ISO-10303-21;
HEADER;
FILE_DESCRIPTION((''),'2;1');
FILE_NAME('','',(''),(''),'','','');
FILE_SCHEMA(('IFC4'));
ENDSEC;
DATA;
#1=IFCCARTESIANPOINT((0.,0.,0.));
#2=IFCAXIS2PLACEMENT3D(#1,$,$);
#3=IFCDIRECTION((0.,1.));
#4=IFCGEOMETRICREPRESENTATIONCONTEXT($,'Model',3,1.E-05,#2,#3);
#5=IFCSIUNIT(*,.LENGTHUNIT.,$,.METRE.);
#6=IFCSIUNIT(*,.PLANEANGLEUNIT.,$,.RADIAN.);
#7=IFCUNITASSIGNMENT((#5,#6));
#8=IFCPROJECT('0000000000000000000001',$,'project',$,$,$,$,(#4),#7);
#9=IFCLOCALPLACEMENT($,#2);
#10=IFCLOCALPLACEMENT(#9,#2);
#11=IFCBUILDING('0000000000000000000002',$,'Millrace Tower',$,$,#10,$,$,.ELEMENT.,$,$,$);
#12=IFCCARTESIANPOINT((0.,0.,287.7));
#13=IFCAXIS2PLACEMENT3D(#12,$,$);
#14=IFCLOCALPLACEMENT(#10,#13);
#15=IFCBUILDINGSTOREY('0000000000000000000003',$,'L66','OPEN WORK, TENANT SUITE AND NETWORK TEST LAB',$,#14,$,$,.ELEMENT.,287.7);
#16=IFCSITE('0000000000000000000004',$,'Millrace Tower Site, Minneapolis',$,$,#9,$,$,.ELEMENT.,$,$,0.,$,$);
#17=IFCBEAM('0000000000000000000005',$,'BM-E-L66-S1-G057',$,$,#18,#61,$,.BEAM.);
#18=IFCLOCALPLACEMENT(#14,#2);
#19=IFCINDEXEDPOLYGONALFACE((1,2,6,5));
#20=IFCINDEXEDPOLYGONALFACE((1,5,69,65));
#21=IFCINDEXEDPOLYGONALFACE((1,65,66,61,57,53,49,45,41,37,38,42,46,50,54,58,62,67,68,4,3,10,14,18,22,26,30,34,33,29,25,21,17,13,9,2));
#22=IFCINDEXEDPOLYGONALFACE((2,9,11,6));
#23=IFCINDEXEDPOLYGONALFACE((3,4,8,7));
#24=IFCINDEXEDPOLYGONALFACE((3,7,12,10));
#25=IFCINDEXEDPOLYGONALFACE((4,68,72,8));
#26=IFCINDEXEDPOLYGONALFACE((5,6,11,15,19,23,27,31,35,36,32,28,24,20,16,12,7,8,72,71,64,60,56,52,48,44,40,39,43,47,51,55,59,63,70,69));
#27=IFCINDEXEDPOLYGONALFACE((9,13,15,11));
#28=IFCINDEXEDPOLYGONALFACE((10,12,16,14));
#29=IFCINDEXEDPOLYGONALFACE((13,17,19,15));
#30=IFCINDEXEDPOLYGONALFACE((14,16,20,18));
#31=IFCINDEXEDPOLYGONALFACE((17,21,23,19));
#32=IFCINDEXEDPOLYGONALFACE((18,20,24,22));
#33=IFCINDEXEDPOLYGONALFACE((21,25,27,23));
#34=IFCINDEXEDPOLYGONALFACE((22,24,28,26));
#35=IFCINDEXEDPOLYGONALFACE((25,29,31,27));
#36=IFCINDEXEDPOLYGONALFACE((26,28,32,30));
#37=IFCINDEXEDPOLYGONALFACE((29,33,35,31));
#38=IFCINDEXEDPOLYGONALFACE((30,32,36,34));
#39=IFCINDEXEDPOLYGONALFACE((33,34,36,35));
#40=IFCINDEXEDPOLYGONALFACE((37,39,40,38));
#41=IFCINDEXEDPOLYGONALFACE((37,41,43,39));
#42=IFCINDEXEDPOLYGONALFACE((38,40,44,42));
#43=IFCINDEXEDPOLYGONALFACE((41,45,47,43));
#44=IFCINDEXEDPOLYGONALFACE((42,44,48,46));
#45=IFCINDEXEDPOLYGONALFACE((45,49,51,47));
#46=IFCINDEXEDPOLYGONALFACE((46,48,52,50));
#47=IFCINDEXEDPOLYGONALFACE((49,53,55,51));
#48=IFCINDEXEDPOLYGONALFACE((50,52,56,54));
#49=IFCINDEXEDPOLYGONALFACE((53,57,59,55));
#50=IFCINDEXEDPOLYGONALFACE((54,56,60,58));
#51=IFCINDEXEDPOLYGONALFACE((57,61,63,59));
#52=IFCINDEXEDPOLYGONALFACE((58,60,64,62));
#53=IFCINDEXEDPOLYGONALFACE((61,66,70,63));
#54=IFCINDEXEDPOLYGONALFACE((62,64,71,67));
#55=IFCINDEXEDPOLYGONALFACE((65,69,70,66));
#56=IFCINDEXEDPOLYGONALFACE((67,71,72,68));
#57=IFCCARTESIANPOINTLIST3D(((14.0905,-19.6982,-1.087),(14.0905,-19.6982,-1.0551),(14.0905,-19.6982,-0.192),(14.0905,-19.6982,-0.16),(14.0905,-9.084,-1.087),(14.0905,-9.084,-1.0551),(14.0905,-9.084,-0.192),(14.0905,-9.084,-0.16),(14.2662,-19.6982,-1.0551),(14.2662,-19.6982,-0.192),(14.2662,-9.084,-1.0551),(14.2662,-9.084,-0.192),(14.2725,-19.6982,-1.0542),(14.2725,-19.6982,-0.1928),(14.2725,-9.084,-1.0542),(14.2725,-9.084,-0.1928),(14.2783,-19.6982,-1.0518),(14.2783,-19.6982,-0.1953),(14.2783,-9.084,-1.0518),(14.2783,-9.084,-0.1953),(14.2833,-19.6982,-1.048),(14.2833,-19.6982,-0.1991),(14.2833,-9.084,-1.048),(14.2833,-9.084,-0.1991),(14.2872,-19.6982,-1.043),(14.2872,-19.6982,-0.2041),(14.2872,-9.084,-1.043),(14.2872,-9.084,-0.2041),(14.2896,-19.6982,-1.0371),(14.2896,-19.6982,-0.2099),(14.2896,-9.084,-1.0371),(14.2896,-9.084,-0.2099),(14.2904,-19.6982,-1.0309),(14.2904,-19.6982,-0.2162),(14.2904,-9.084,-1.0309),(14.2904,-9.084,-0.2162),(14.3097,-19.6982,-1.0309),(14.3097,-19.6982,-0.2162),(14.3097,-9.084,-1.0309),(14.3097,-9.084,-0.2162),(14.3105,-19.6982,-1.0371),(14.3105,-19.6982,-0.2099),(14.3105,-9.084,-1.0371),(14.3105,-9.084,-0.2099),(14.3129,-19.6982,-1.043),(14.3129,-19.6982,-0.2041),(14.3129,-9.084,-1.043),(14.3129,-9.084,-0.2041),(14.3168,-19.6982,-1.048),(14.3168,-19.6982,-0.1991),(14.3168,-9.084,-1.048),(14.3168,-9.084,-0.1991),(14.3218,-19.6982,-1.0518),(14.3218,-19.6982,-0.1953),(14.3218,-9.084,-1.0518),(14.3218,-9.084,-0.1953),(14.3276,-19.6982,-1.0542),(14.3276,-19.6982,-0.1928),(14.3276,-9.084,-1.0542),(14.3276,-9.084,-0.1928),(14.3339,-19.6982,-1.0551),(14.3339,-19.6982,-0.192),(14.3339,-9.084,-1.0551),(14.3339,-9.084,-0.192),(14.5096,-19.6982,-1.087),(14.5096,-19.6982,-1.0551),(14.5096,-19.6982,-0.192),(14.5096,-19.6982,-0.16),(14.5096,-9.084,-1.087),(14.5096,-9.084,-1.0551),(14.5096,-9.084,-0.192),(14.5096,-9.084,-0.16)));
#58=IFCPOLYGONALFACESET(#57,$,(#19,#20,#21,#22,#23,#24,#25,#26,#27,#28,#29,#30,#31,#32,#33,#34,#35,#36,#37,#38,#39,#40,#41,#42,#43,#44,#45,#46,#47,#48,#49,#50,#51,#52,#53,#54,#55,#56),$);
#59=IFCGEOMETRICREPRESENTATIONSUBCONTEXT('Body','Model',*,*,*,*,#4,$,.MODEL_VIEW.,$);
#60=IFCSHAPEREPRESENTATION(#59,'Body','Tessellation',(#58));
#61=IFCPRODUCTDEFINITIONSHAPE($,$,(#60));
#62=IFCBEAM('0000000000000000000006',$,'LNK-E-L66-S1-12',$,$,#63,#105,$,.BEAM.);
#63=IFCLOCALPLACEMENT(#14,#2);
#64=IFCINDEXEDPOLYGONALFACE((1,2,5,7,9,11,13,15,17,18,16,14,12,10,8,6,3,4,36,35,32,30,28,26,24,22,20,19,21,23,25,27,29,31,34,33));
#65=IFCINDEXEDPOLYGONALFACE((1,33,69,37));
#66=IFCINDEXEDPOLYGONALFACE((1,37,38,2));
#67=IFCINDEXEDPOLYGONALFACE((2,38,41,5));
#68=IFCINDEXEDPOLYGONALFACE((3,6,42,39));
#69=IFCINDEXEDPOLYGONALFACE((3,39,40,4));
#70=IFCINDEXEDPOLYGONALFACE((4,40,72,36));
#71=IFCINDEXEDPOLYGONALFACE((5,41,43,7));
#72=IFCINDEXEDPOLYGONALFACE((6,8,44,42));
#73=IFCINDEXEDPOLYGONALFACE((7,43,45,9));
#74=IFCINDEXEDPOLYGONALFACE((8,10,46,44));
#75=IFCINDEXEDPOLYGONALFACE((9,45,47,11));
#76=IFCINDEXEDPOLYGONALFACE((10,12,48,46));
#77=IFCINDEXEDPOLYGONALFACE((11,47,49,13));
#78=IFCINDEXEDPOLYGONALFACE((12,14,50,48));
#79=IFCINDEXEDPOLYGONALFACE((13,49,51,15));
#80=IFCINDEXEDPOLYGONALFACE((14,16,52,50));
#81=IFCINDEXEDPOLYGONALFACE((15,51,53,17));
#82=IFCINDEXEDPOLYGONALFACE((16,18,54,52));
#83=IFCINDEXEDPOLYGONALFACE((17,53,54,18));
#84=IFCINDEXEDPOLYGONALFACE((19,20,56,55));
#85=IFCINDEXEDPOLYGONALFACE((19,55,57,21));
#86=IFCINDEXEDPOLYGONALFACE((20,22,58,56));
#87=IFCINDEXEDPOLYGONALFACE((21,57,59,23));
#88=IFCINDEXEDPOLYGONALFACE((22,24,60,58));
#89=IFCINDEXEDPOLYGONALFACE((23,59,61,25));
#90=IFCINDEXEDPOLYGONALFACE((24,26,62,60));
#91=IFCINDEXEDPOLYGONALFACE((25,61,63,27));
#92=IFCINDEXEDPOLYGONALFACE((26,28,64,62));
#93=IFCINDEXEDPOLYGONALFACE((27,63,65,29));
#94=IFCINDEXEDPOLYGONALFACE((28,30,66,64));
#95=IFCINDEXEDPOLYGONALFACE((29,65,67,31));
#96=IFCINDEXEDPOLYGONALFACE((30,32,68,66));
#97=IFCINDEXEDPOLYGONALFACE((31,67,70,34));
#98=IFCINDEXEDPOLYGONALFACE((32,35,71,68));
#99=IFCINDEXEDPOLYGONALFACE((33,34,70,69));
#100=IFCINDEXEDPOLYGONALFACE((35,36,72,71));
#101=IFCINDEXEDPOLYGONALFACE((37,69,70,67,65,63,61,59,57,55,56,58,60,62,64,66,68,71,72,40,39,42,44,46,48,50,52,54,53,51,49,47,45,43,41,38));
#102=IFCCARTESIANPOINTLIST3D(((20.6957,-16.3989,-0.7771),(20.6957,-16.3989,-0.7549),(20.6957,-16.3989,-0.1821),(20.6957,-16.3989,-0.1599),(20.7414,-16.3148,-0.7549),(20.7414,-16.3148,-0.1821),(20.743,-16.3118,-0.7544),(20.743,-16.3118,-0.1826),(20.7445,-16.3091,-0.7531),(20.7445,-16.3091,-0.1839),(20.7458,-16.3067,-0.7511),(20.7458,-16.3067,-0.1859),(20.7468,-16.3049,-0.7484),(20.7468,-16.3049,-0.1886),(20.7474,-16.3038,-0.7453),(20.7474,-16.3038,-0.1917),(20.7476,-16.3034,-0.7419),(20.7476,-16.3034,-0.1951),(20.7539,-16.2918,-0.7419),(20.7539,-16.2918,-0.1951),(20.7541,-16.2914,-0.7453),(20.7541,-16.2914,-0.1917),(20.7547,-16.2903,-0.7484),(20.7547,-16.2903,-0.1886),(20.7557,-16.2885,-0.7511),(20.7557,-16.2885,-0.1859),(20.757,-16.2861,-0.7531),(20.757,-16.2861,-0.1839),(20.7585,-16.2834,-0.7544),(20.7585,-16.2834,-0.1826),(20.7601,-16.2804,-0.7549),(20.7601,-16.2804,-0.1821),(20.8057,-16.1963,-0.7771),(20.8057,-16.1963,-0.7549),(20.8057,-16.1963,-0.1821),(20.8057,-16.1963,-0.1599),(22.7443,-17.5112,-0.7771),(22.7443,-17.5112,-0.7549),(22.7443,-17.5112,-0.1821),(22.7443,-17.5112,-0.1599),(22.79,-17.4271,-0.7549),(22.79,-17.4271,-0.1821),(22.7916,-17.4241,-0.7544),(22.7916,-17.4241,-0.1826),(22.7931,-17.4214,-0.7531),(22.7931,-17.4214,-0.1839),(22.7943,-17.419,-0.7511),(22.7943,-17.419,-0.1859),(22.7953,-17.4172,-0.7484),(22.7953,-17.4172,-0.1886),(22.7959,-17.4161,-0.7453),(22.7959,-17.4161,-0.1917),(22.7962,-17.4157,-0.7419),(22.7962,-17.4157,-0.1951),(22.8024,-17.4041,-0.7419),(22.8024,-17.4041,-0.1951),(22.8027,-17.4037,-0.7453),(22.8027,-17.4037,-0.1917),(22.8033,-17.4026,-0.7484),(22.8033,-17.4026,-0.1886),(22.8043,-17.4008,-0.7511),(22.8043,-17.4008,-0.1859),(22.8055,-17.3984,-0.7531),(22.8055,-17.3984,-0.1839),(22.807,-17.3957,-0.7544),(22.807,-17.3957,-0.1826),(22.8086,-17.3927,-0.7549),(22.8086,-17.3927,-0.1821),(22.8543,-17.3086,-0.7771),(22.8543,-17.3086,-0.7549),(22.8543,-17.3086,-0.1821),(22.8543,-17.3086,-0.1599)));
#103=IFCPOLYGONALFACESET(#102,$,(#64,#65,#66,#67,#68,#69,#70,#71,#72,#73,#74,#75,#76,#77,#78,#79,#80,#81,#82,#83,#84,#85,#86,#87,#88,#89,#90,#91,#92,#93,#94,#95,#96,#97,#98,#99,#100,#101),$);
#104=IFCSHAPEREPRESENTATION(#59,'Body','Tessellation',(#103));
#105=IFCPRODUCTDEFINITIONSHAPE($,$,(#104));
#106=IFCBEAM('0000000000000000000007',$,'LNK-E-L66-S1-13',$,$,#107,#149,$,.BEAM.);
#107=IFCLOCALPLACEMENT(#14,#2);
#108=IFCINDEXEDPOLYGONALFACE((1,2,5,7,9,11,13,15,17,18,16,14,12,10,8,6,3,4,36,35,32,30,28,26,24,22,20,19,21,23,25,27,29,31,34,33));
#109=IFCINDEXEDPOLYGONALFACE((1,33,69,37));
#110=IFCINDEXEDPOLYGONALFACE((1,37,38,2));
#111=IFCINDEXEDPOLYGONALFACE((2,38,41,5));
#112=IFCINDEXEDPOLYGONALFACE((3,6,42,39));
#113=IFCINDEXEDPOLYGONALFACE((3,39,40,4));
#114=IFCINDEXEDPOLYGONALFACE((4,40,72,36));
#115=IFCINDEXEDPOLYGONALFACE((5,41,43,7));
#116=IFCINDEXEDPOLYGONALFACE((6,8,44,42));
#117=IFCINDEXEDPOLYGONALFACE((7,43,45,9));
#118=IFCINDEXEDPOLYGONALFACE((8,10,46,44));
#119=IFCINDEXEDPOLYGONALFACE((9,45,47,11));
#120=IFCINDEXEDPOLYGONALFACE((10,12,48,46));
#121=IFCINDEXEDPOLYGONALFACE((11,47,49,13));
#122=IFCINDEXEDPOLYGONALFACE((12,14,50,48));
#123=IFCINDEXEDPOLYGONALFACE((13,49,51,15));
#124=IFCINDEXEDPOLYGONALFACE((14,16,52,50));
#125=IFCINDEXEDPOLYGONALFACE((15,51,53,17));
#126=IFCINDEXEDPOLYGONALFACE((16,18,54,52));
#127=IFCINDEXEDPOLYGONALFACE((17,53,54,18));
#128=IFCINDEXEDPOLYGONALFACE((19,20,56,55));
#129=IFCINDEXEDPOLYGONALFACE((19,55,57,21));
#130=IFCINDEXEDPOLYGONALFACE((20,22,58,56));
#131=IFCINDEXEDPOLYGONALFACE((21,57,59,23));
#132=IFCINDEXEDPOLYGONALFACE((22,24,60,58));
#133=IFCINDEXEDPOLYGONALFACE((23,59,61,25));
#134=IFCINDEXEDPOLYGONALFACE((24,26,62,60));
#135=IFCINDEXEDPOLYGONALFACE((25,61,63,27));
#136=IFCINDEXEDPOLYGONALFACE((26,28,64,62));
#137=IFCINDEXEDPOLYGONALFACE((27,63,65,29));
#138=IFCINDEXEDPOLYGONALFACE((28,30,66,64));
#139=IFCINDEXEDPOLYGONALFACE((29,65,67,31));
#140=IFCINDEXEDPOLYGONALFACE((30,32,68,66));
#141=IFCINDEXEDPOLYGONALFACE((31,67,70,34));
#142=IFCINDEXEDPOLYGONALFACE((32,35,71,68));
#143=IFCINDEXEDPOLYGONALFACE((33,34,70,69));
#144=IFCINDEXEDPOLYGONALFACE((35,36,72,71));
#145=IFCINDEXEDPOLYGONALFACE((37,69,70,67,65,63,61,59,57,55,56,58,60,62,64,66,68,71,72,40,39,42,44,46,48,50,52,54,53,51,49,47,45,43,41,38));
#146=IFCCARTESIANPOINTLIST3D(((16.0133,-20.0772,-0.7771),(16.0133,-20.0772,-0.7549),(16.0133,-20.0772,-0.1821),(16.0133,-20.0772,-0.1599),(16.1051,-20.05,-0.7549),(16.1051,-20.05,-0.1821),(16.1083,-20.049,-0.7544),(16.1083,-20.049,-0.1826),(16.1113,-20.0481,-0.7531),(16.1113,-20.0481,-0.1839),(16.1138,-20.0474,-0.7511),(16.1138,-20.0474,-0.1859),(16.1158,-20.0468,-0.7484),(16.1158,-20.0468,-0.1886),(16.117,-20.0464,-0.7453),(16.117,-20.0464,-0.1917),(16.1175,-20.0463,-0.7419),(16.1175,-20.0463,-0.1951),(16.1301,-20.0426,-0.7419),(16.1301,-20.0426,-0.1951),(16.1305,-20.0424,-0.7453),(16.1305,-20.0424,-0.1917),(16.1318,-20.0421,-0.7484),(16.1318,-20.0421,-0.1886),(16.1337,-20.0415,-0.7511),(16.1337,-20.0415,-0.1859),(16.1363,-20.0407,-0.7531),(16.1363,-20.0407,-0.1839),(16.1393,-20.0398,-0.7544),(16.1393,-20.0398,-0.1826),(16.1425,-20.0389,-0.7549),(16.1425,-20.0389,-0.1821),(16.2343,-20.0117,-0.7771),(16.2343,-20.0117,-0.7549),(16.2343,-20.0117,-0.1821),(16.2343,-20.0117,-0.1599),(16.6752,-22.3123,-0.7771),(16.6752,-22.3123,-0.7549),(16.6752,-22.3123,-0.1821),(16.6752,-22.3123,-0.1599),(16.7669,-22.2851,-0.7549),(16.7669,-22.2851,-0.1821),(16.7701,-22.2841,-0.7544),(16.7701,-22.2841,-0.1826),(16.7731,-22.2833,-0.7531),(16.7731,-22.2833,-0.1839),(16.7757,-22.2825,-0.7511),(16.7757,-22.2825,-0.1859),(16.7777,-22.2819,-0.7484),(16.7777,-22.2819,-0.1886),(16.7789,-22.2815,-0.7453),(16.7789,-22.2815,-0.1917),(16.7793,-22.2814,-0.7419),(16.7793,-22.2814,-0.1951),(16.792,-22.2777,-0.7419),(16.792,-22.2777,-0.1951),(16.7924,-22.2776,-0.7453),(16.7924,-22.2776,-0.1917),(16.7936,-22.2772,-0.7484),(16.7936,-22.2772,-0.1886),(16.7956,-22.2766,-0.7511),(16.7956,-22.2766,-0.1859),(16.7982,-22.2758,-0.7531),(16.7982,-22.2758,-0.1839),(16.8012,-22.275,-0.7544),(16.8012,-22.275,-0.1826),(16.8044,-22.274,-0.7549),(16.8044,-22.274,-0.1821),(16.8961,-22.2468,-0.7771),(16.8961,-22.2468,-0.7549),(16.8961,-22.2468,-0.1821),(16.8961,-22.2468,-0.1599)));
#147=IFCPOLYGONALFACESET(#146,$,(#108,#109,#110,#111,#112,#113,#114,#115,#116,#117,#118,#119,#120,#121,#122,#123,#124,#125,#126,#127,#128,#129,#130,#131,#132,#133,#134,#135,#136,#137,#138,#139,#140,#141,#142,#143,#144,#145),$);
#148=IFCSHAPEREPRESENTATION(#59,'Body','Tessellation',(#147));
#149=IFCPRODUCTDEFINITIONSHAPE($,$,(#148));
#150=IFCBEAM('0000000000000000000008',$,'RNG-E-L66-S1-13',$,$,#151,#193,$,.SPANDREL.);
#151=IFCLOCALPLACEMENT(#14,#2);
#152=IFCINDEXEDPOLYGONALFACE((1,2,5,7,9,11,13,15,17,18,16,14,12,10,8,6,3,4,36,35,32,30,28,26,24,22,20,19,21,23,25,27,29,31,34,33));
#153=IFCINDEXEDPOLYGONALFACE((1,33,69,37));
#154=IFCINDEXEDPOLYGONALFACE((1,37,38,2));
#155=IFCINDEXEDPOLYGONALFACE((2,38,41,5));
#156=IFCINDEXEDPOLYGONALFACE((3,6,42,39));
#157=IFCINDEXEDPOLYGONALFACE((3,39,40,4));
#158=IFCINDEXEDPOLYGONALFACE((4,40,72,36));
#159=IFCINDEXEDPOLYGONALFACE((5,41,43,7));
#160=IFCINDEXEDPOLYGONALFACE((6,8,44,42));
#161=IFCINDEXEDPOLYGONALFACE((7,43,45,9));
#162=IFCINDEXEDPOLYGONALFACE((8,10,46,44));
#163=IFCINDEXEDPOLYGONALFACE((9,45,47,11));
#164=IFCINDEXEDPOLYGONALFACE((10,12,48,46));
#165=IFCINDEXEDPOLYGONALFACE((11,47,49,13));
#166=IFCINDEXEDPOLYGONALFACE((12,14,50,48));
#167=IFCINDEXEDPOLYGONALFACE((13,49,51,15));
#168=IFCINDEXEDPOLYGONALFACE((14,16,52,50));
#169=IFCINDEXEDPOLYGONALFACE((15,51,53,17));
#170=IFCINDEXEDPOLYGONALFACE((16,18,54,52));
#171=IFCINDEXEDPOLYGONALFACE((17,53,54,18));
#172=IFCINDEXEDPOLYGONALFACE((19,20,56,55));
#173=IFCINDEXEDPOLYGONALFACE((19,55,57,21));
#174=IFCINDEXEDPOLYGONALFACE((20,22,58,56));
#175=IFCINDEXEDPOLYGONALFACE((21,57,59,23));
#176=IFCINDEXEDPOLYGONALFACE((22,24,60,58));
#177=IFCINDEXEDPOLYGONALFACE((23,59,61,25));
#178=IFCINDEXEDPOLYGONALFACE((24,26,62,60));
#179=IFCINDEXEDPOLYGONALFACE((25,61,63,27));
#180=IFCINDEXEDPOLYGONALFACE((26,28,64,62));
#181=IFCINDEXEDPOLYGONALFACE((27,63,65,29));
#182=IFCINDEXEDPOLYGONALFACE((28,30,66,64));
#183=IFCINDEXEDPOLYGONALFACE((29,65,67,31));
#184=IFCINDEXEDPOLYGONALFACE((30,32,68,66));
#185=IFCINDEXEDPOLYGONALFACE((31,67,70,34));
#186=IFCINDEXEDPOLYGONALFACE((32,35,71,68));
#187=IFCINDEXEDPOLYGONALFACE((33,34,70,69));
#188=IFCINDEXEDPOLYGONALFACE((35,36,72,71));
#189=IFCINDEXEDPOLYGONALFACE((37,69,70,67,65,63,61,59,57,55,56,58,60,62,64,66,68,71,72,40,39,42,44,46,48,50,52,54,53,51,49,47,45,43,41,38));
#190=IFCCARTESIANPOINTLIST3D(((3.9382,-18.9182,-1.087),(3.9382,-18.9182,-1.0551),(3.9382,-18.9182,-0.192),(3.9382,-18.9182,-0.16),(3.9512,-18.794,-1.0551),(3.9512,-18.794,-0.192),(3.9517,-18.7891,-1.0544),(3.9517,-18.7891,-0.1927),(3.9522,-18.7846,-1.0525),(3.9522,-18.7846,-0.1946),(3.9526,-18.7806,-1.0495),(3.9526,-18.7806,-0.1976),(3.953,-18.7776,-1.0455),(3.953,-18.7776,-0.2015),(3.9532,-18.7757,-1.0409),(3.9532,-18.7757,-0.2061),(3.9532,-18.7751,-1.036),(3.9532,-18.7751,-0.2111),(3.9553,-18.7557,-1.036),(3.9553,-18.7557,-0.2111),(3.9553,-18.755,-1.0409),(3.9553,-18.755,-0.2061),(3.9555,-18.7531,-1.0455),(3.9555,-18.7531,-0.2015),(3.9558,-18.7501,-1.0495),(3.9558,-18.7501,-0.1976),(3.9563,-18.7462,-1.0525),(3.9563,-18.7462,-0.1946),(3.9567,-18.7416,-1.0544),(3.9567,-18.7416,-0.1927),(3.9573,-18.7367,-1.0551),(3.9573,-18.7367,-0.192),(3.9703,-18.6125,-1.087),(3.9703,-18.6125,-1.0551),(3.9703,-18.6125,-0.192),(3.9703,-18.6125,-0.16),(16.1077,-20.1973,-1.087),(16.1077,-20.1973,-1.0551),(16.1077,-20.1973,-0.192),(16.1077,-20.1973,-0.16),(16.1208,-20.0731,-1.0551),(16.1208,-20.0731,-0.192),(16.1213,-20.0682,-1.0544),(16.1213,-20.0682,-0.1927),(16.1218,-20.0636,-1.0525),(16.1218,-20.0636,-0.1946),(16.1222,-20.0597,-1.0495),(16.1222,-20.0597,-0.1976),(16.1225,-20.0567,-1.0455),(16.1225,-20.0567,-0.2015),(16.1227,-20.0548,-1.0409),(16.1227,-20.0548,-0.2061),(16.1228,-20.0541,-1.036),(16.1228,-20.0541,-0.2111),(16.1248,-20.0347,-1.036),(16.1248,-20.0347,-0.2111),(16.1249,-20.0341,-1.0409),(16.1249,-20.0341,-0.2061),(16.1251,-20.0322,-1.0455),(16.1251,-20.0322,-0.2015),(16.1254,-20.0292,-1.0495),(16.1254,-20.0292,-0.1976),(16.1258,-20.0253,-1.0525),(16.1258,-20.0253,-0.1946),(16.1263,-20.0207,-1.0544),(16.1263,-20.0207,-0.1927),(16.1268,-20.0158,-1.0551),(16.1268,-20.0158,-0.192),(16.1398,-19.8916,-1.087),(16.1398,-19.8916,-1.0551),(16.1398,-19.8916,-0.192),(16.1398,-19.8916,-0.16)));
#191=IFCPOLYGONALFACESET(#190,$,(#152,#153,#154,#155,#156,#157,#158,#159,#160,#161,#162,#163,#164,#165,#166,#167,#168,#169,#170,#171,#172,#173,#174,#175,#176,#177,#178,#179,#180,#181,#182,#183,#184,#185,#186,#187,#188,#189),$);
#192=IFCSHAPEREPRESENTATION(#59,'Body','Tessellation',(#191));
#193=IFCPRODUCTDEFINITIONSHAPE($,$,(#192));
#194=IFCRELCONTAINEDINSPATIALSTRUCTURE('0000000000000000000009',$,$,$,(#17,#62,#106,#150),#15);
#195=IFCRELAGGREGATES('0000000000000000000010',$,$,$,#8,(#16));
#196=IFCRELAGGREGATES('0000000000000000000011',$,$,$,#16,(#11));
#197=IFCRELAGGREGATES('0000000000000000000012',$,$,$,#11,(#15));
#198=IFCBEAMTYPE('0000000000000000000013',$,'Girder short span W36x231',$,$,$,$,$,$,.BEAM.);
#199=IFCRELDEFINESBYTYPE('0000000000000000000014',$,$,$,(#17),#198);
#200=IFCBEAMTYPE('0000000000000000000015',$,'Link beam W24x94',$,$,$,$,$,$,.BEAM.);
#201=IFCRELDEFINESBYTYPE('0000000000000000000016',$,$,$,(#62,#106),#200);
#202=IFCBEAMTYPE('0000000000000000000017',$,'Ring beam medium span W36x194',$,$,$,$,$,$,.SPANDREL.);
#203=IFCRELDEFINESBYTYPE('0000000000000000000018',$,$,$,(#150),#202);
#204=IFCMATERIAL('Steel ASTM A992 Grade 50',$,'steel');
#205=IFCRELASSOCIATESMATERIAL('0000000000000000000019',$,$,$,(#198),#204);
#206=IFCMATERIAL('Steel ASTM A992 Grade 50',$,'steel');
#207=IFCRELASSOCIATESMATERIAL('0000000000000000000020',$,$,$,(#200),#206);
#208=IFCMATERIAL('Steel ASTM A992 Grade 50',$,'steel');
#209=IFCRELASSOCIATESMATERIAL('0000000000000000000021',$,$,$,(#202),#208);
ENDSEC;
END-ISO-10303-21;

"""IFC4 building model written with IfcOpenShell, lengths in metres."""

from ifc_helpers import new_model, si_unit, direction, frame, origin, origin_2d, place, context, subcontext, project, spatial, i_section, extrude, material, material_profile, profile_set, type_object, element, save


model = new_model("IFC4")

# Units and contexts
model_context = context("Model", 3, precision=1e-05, world=origin(), true_north=direction((0.0, 1.0)))
body_context = subcontext(model_context, "Body", "Model", "MODEL_VIEW")
ifc_project = project(units=[si_unit("LENGTHUNIT", "METRE"), si_unit("PLANEANGLEUNIT", "RADIAN")], contexts=[model_context])

# Site, building, storey
site_placement = place(None, origin())
site = spatial("IfcSite", under=ifc_project, at=site_placement, Name="Millrace Tower Site, Minneapolis", CompositionType="ELEMENT", RefElevation=0.0)
building_placement = place(site_placement, origin())
building = spatial("IfcBuilding", under=site, at=building_placement, Name="Millrace Tower", CompositionType="ELEMENT")
storey_placement = place(building_placement, frame((0.0, 0.0, 287.7)))
storey = spatial("IfcBuildingStorey", under=building, at=storey_placement, Name="L66", Description="OPEN WORK, TENANT SUITE AND NETWORK TEST LAB", CompositionType="ELEMENT", Elevation=287.7)

# Beams
ifc_material_1 = material(Name="Steel ASTM A992 Grade 50", Category="steel")
ifc_material_profile_1 = material_profile(ifc_material_1, i_section(OverallWidth=0.4192, OverallDepth=0.927, WebThickness=0.0193, FlangeThickness=0.032, FilletRadius=0.0242, at=origin_2d()))
ifc_profile_set_1 = profile_set([ifc_material_profile_1], Name="Steel ASTM A992 Grade 50")
beam_type_1 = type_object("IfcBeamType", Name="Girder short span W36x231", PredefinedType="BEAM", material=ifc_profile_set_1)
beam_1_placement = place(storey_placement, frame((14.3, -19.6982, -0.6235), z_axis=(0.0, 1.0, 0.0), x_axis=(-1.0, 0.0, 0.0)))
element("IfcBeam", 1, at=beam_1_placement, inside=storey, type_object=beam_type_1, Name="BM-E-L66-S1-G057", PredefinedType="BEAM", context=body_context, shape_type="SweptSolid", body=[
    extrude(i_section(OverallWidth=0.4192, OverallDepth=0.927, WebThickness=0.0193, FlangeThickness=0.032, FilletRadius=0.0242, at=origin_2d()), origin(), (0.0, 0.0, 1.0), 10.6143),
])
ifc_material_2 = material(Name="Steel ASTM A992 Grade 50", Category="steel")
ifc_material_profile_2 = material_profile(ifc_material_2, i_section(OverallWidth=0.2305, OverallDepth=0.6172, WebThickness=0.0132, FlangeThickness=0.0222, FilletRadius=0.0129, at=origin_2d()))
ifc_profile_set_2 = profile_set([ifc_material_profile_2], Name="Steel ASTM A992 Grade 50")
beam_type_2 = type_object("IfcBeamType", Name="Link beam W24x94", PredefinedType="BEAM", material=ifc_profile_set_2)
for number, where, z_axis, x_axis, name in (
    (2, (20.7507, -16.2976, -0.4685), (0.878815, -0.477164, 0.0), (0.477164, 0.878815, 0.0), "LNK-E-L66-S1-12"),
    (3, (16.1238, -20.0444, -0.4685), (0.283935, -0.958844, 0.0), (0.958844, 0.283935, 0.0), "LNK-E-L66-S1-13"),
):
    element("IfcBeam", number, at=place(storey_placement, frame(where, z_axis=z_axis, x_axis=x_axis)), inside=storey, type_object=beam_type_2, Name=name, PredefinedType="BEAM", context=body_context, shape_type="SweptSolid", body=[
        extrude(i_section(OverallWidth=0.2305, OverallDepth=0.6172, WebThickness=0.0132, FlangeThickness=0.0222, FilletRadius=0.0129, at=origin_2d()), origin(), (0.0, 0.0, 1.0), 2.3311),
    ])
ifc_material_3 = material(Name="Steel ASTM A992 Grade 50", Category="steel")
ifc_material_profile_3 = material_profile(ifc_material_3, i_section(OverallWidth=0.3074, OverallDepth=0.927, WebThickness=0.0195, FlangeThickness=0.032, FilletRadius=0.019, at=origin_2d()))
ifc_profile_set_3 = profile_set([ifc_material_profile_3], Name="Steel ASTM A992 Grade 50")
beam_type_3 = type_object("IfcBeamType", Name="Ring beam medium span W36x194", PredefinedType="SPANDREL", material=ifc_profile_set_3)
beam_2_placement = place(storey_placement, frame((16.1238, -20.0444, -0.6235), z_axis=(-0.994522, 0.104528, 0.0), x_axis=(-0.104528, -0.994522, 0.0)))
element("IfcBeam", 4, at=beam_2_placement, inside=storey, type_object=beam_type_3, Name="RNG-E-L66-S1-13", PredefinedType="SPANDREL", context=body_context, shape_type="SweptSolid", body=[
    extrude(i_section(OverallWidth=0.3074, OverallDepth=0.927, WebThickness=0.0195, FlangeThickness=0.032, FilletRadius=0.019, at=origin_2d()), origin(), (0.0, 0.0, 1.0), 12.2366),
])

save(model, "model.ifc")
